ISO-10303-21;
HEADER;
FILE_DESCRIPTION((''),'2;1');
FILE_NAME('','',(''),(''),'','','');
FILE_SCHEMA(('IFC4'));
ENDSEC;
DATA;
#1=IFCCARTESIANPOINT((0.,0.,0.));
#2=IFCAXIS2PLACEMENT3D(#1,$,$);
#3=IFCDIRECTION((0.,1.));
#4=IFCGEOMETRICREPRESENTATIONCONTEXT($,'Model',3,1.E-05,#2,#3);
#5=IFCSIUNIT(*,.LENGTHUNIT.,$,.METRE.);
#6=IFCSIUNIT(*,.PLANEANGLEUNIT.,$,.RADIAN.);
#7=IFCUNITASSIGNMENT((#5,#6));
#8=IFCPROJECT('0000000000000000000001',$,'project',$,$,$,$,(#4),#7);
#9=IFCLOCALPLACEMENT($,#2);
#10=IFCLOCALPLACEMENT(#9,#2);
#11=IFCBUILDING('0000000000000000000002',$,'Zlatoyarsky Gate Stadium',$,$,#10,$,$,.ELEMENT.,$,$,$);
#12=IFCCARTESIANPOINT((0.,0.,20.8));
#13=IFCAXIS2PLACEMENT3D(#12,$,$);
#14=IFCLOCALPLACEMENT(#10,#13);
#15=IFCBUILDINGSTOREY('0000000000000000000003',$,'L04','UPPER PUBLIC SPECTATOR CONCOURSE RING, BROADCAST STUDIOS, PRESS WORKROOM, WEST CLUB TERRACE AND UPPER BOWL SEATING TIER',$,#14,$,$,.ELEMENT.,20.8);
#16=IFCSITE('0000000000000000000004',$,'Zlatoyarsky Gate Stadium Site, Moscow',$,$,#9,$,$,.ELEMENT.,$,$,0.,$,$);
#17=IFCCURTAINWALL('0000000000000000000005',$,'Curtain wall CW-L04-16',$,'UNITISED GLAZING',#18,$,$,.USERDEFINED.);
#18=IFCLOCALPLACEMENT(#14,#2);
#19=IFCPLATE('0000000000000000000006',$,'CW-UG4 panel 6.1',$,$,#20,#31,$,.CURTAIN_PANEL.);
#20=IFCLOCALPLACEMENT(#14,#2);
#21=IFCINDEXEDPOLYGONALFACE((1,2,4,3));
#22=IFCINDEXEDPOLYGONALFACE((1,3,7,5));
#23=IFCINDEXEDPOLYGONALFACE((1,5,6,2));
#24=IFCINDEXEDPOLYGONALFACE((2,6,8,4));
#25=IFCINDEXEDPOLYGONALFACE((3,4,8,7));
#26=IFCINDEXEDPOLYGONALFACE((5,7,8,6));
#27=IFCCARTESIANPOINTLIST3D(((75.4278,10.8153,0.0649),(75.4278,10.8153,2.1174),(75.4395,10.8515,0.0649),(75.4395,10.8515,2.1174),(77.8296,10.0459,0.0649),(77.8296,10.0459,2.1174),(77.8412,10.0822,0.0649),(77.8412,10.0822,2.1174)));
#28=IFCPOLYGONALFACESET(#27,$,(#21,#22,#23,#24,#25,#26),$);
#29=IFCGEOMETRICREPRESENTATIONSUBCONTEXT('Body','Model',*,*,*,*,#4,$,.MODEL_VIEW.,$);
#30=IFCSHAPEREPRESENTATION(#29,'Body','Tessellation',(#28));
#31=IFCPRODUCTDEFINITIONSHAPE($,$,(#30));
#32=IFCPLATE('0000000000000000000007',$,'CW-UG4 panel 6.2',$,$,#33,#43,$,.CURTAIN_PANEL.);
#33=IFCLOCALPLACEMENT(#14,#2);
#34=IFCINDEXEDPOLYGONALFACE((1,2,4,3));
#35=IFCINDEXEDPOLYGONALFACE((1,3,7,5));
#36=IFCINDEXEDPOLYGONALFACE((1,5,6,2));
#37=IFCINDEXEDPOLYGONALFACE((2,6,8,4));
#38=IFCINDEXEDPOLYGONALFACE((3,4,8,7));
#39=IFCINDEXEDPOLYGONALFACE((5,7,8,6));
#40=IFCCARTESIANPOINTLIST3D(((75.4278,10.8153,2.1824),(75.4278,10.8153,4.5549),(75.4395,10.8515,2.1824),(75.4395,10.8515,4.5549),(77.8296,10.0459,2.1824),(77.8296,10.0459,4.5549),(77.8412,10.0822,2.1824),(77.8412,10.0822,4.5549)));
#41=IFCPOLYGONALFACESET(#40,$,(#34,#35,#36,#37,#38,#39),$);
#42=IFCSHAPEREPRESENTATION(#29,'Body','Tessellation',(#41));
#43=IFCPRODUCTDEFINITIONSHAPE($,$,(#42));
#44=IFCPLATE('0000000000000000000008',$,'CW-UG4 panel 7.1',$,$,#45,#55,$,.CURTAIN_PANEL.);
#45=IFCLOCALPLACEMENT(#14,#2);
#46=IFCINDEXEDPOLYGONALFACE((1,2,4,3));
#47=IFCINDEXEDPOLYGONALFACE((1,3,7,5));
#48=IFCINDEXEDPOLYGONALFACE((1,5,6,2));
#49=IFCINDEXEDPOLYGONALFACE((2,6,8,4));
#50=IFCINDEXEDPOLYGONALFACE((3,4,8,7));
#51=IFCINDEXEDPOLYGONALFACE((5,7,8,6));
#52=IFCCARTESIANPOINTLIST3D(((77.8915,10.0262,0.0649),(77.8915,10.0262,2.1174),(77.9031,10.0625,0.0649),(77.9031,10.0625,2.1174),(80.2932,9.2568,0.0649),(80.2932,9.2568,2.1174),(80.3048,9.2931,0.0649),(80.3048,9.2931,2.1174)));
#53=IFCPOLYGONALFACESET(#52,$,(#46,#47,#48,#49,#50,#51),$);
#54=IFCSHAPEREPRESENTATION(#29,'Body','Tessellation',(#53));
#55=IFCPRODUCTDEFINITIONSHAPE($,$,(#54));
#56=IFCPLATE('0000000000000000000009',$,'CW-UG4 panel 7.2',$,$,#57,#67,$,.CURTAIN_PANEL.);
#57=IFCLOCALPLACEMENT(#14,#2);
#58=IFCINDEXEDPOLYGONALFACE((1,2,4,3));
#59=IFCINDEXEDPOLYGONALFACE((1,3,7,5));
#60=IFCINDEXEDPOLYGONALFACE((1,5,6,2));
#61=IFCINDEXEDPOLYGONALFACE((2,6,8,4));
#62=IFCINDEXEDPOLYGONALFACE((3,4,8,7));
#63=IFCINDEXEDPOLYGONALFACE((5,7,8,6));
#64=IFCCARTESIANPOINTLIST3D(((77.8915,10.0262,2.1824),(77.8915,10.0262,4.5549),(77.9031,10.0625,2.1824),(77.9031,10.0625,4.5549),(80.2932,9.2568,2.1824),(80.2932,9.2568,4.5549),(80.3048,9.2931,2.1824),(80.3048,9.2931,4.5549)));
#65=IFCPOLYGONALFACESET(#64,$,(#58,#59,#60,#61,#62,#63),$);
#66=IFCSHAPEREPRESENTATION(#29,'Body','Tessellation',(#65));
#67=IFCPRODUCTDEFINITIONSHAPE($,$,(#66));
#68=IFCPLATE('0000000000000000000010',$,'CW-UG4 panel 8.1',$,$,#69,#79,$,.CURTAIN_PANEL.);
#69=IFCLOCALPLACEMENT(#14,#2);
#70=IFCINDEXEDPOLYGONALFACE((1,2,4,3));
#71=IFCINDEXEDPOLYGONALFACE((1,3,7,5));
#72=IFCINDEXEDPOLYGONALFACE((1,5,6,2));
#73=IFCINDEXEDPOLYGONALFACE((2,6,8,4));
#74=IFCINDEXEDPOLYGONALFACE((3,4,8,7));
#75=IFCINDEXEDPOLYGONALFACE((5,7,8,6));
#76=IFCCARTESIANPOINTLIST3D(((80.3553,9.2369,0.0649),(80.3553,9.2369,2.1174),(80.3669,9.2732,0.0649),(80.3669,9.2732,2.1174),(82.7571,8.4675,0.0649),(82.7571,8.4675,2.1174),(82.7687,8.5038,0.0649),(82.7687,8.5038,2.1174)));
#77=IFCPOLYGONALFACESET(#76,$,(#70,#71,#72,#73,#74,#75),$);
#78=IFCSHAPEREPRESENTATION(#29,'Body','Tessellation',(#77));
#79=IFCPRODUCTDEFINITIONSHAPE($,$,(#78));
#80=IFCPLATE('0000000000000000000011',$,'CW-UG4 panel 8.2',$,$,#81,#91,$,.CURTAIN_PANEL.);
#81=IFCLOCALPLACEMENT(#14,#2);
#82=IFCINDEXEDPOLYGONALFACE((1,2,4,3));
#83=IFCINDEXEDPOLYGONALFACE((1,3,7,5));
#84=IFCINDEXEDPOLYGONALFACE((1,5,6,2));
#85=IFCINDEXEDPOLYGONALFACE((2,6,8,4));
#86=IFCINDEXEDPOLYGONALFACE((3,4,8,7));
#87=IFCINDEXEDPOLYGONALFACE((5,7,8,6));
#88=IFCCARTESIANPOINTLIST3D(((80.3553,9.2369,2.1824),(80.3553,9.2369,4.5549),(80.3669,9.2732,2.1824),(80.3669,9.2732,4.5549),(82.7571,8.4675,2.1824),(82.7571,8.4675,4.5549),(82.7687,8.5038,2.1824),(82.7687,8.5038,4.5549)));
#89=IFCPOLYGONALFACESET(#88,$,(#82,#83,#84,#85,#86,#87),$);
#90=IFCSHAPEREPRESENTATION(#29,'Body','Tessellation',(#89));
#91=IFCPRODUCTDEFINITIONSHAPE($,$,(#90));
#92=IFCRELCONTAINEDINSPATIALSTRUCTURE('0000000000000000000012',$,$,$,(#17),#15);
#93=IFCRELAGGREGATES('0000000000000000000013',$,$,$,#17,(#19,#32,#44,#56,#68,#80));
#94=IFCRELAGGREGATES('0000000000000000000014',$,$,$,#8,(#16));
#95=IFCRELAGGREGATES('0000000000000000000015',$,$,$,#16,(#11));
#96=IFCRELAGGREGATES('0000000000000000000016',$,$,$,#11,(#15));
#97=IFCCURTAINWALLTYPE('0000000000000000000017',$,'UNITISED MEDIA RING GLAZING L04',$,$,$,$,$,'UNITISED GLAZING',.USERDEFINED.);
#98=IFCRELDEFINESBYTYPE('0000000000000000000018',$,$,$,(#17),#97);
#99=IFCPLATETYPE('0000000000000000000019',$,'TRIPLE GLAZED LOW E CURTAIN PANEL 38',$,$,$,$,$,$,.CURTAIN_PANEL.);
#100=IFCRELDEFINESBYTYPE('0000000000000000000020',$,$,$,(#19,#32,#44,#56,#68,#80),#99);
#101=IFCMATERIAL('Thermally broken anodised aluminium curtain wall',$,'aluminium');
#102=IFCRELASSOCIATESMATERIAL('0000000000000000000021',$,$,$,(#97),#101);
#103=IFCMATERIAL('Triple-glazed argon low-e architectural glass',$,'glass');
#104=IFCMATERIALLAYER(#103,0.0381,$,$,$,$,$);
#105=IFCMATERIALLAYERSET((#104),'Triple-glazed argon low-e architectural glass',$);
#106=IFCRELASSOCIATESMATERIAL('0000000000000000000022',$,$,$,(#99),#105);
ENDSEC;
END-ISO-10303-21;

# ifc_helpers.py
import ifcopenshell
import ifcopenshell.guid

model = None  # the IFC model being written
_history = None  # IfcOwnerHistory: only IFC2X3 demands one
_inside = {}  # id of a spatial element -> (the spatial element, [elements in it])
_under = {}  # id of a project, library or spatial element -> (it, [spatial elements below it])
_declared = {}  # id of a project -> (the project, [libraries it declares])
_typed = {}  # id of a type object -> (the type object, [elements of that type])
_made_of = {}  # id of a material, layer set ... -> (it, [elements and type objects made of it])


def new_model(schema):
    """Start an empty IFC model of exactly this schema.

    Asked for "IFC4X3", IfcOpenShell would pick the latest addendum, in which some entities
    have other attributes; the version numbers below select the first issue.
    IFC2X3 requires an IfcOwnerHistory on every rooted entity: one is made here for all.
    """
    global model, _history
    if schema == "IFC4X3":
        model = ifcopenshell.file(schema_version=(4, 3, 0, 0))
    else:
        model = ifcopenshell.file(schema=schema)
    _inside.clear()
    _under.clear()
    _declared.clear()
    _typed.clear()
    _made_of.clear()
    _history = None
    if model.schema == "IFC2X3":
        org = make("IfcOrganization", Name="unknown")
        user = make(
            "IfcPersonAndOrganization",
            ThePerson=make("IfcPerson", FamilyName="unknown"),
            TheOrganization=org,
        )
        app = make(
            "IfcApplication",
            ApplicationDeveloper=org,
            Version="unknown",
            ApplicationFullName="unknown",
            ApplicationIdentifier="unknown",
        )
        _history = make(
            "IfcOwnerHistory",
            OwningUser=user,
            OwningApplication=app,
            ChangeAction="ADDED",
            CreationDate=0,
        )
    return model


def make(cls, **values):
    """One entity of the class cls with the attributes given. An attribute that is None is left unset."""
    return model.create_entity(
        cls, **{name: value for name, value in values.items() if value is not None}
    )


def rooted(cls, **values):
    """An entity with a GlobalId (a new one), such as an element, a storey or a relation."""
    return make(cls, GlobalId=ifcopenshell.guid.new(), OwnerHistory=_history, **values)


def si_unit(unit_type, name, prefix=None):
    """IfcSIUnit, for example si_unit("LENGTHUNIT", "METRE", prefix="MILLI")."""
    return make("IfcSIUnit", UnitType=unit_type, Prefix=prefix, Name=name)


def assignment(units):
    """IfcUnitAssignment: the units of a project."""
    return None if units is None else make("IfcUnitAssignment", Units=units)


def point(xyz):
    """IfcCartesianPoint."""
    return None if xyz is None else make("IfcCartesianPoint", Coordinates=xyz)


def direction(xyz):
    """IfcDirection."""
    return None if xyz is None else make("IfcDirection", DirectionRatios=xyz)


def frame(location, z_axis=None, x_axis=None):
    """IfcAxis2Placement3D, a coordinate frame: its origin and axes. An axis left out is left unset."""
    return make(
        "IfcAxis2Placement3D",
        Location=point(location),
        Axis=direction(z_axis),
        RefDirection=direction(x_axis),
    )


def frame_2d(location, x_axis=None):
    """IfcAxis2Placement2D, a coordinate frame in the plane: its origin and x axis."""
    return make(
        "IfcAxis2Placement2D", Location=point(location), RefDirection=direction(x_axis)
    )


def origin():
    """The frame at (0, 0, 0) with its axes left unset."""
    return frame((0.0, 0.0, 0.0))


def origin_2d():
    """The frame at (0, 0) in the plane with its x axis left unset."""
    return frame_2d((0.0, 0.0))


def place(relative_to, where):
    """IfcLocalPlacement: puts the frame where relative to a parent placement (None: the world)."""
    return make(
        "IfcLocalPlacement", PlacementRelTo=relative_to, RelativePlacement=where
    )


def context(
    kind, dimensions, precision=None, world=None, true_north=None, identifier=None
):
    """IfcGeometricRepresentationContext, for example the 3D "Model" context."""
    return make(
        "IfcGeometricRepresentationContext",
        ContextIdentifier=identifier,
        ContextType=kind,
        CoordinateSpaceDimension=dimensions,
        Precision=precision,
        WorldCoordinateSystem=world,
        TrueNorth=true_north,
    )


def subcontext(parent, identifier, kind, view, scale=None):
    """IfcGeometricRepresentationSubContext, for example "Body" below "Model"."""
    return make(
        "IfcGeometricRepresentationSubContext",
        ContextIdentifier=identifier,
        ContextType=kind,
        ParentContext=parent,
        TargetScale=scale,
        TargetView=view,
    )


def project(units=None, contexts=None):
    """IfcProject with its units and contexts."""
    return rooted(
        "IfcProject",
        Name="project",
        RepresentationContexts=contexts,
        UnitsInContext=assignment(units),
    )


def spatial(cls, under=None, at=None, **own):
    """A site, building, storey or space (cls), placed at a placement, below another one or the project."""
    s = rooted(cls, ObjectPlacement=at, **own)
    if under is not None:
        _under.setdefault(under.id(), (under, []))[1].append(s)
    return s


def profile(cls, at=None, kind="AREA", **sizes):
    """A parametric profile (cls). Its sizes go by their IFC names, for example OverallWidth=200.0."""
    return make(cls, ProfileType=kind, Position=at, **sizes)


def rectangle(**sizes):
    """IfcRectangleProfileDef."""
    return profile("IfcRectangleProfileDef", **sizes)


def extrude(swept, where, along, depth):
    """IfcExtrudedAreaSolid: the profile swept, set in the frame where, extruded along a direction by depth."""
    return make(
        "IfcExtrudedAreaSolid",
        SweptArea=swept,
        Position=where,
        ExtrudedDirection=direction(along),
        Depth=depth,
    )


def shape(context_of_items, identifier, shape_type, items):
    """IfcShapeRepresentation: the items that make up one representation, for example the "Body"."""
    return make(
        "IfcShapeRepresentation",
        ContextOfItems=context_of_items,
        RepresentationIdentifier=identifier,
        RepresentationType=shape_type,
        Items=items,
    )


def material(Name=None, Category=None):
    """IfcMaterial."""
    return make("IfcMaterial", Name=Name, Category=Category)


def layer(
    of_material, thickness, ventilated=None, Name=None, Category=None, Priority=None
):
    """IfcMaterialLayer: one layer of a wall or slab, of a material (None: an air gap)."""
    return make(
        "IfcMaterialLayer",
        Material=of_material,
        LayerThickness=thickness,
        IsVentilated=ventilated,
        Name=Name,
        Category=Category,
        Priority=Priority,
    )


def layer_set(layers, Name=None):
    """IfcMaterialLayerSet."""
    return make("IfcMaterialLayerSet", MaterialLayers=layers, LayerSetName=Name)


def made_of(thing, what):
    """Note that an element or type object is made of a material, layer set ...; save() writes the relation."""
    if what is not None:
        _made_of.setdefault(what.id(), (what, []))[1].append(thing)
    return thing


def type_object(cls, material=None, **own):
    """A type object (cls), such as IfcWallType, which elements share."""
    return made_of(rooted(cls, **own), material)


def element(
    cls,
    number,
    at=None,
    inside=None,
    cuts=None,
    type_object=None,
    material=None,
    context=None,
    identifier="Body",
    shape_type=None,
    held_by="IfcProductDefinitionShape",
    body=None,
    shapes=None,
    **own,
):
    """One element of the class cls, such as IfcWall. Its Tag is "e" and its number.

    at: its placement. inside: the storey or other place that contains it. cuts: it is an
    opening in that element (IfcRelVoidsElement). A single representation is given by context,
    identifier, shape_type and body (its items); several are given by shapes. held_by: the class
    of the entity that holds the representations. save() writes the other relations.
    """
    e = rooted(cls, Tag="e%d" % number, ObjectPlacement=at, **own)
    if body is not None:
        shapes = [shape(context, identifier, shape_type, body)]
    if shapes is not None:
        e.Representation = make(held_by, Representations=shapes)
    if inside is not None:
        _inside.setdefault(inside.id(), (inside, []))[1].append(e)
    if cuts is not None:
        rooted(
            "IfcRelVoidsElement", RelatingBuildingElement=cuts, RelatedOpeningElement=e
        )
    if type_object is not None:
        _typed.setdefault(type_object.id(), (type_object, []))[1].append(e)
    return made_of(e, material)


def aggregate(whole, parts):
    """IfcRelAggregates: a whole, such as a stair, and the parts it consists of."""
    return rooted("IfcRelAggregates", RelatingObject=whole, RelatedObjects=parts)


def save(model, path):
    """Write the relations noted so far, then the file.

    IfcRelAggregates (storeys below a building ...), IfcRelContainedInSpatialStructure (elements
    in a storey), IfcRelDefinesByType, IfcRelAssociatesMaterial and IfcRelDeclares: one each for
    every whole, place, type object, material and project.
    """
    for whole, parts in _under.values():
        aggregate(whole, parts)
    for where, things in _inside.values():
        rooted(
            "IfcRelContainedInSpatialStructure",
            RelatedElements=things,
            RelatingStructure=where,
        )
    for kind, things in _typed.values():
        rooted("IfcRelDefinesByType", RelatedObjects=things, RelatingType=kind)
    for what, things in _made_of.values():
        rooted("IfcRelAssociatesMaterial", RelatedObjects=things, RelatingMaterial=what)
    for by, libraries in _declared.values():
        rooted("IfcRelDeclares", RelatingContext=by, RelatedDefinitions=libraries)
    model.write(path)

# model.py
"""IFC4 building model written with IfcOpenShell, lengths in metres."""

from ifc_helpers import new_model, si_unit, direction, frame, origin, origin_2d, place, context, subcontext, project, spatial, rectangle, extrude, material, layer, layer_set, type_object, element, aggregate, save


model = new_model("IFC4")

# Units and contexts
model_context = context("Model", 3, precision=1e-05, world=origin(), true_north=direction((0.0, 1.0)))
body_context = subcontext(model_context, "Body", "Model", "MODEL_VIEW")
ifc_project = project(units=[si_unit("LENGTHUNIT", "METRE"), si_unit("PLANEANGLEUNIT", "RADIAN")], contexts=[model_context])

# Site, building, storey
site_placement = place(None, origin())
site = spatial("IfcSite", under=ifc_project, at=site_placement, Name="Zlatoyarsky Gate Stadium Site, Moscow", CompositionType="ELEMENT", RefElevation=0.0)
building_placement = place(site_placement, origin())
building = spatial("IfcBuilding", under=site, at=building_placement, Name="Zlatoyarsky Gate Stadium", CompositionType="ELEMENT")
storey_placement = place(building_placement, frame((0.0, 0.0, 20.8)))
storey = spatial("IfcBuildingStorey", under=building, at=storey_placement, Name="L04", Description="UPPER PUBLIC SPECTATOR CONCOURSE RING, BROADCAST STUDIOS, PRESS WORKROOM, WEST CLUB TERRACE AND UPPER BOWL SEATING TIER", CompositionType="ELEMENT", Elevation=20.8)

# Curtain wall
ifc_material_1 = material(Name="Thermally broken anodised aluminium curtain wall", Category="aluminium")
curtain_wall_type = type_object("IfcCurtainWallType", Name="UNITISED MEDIA RING GLAZING L04", ElementType="UNITISED GLAZING", PredefinedType="USERDEFINED", material=ifc_material_1)
curtain_wall_placement = place(storey_placement, origin())
curtain_wall = element("IfcCurtainWall", 1, at=curtain_wall_placement, inside=storey, type_object=curtain_wall_type, Name="Curtain wall CW-L04-16", ObjectType="UNITISED GLAZING", PredefinedType="USERDEFINED")

# Plates
ifc_material_2 = material(Name="Triple-glazed argon low-e architectural glass", Category="glass")
ifc_layer_1 = layer(ifc_material_2, 0.0381)
ifc_layer_set_1 = layer_set([ifc_layer_1], Name="Triple-glazed argon low-e architectural glass")
plate_type_1 = type_object("IfcPlateType", Name="TRIPLE GLAZED LOW E CURTAIN PANEL 38", PredefinedType="CURTAIN_PANEL", material=ifc_layer_set_1)
plate_1_placement = place(storey_placement, frame((76.6345, 10.4487, 0.0649), z_axis=(0.0, 0.0, 1.0), x_axis=(0.952331, -0.305066, 0.0)))
plate_1 = element("IfcPlate", 2, at=plate_1_placement, type_object=plate_type_1, Name="CW-UG4 panel 6.1", PredefinedType="CURTAIN_PANEL", context=body_context, shape_type="SweptSolid", body=[
    extrude(rectangle(XDim=2.522, YDim=0.0381, at=origin_2d()), origin(), (0.0, 0.0, 1.0), 2.0525),
])
plate_2_placement = place(storey_placement, frame((76.6345, 10.4487, 2.1824), z_axis=(0.0, 0.0, 1.0), x_axis=(0.952331, -0.305066, 0.0)))
plate_2 = element("IfcPlate", 3, at=plate_2_placement, type_object=plate_type_1, Name="CW-UG4 panel 6.2", PredefinedType="CURTAIN_PANEL", context=body_context, shape_type="SweptSolid", body=[
    extrude(rectangle(XDim=2.522, YDim=0.0381, at=origin_2d()), origin(), (0.0, 0.0, 1.0), 2.3726),
])
plate_3_placement = place(storey_placement, frame((79.0981, 9.6597, 0.0649), z_axis=(0.0, 0.0, 1.0), x_axis=(0.952331, -0.305066, 0.0)))
plate_3 = element("IfcPlate", 4, at=plate_3_placement, type_object=plate_type_1, Name="CW-UG4 panel 7.1", PredefinedType="CURTAIN_PANEL", context=body_context, shape_type="SweptSolid", body=[
    extrude(rectangle(XDim=2.522, YDim=0.0381, at=origin_2d()), origin(), (0.0, 0.0, 1.0), 2.0525),
])
plate_4_placement = place(storey_placement, frame((79.0981, 9.6597, 2.1824), z_axis=(0.0, 0.0, 1.0), x_axis=(0.952331, -0.305066, 0.0)))
plate_4 = element("IfcPlate", 5, at=plate_4_placement, type_object=plate_type_1, Name="CW-UG4 panel 7.2", PredefinedType="CURTAIN_PANEL", context=body_context, shape_type="SweptSolid", body=[
    extrude(rectangle(XDim=2.522, YDim=0.0381, at=origin_2d()), origin(), (0.0, 0.0, 1.0), 2.3726),
])
plate_5_placement = place(storey_placement, frame((81.562, 8.8704, 0.0649), z_axis=(0.0, 0.0, 1.0), x_axis=(0.952331, -0.305066, 0.0)))
plate_5 = element("IfcPlate", 6, at=plate_5_placement, type_object=plate_type_1, Name="CW-UG4 panel 8.1", PredefinedType="CURTAIN_PANEL", context=body_context, shape_type="SweptSolid", body=[
    extrude(rectangle(XDim=2.522, YDim=0.0381, at=origin_2d()), origin(), (0.0, 0.0, 1.0), 2.0525),
])
plate_6_placement = place(storey_placement, frame((81.562, 8.8704, 2.1824), z_axis=(0.0, 0.0, 1.0), x_axis=(0.952331, -0.305066, 0.0)))
plate_6 = element("IfcPlate", 7, at=plate_6_placement, type_object=plate_type_1, Name="CW-UG4 panel 8.2", PredefinedType="CURTAIN_PANEL", context=body_context, shape_type="SweptSolid", body=[
    extrude(rectangle(XDim=2.522, YDim=0.0381, at=origin_2d()), origin(), (0.0, 0.0, 1.0), 2.3726),
])
aggregate(curtain_wall, [plate_1, plate_2, plate_3, plate_4, plate_5, plate_6])

save(model, "model.ifc")
